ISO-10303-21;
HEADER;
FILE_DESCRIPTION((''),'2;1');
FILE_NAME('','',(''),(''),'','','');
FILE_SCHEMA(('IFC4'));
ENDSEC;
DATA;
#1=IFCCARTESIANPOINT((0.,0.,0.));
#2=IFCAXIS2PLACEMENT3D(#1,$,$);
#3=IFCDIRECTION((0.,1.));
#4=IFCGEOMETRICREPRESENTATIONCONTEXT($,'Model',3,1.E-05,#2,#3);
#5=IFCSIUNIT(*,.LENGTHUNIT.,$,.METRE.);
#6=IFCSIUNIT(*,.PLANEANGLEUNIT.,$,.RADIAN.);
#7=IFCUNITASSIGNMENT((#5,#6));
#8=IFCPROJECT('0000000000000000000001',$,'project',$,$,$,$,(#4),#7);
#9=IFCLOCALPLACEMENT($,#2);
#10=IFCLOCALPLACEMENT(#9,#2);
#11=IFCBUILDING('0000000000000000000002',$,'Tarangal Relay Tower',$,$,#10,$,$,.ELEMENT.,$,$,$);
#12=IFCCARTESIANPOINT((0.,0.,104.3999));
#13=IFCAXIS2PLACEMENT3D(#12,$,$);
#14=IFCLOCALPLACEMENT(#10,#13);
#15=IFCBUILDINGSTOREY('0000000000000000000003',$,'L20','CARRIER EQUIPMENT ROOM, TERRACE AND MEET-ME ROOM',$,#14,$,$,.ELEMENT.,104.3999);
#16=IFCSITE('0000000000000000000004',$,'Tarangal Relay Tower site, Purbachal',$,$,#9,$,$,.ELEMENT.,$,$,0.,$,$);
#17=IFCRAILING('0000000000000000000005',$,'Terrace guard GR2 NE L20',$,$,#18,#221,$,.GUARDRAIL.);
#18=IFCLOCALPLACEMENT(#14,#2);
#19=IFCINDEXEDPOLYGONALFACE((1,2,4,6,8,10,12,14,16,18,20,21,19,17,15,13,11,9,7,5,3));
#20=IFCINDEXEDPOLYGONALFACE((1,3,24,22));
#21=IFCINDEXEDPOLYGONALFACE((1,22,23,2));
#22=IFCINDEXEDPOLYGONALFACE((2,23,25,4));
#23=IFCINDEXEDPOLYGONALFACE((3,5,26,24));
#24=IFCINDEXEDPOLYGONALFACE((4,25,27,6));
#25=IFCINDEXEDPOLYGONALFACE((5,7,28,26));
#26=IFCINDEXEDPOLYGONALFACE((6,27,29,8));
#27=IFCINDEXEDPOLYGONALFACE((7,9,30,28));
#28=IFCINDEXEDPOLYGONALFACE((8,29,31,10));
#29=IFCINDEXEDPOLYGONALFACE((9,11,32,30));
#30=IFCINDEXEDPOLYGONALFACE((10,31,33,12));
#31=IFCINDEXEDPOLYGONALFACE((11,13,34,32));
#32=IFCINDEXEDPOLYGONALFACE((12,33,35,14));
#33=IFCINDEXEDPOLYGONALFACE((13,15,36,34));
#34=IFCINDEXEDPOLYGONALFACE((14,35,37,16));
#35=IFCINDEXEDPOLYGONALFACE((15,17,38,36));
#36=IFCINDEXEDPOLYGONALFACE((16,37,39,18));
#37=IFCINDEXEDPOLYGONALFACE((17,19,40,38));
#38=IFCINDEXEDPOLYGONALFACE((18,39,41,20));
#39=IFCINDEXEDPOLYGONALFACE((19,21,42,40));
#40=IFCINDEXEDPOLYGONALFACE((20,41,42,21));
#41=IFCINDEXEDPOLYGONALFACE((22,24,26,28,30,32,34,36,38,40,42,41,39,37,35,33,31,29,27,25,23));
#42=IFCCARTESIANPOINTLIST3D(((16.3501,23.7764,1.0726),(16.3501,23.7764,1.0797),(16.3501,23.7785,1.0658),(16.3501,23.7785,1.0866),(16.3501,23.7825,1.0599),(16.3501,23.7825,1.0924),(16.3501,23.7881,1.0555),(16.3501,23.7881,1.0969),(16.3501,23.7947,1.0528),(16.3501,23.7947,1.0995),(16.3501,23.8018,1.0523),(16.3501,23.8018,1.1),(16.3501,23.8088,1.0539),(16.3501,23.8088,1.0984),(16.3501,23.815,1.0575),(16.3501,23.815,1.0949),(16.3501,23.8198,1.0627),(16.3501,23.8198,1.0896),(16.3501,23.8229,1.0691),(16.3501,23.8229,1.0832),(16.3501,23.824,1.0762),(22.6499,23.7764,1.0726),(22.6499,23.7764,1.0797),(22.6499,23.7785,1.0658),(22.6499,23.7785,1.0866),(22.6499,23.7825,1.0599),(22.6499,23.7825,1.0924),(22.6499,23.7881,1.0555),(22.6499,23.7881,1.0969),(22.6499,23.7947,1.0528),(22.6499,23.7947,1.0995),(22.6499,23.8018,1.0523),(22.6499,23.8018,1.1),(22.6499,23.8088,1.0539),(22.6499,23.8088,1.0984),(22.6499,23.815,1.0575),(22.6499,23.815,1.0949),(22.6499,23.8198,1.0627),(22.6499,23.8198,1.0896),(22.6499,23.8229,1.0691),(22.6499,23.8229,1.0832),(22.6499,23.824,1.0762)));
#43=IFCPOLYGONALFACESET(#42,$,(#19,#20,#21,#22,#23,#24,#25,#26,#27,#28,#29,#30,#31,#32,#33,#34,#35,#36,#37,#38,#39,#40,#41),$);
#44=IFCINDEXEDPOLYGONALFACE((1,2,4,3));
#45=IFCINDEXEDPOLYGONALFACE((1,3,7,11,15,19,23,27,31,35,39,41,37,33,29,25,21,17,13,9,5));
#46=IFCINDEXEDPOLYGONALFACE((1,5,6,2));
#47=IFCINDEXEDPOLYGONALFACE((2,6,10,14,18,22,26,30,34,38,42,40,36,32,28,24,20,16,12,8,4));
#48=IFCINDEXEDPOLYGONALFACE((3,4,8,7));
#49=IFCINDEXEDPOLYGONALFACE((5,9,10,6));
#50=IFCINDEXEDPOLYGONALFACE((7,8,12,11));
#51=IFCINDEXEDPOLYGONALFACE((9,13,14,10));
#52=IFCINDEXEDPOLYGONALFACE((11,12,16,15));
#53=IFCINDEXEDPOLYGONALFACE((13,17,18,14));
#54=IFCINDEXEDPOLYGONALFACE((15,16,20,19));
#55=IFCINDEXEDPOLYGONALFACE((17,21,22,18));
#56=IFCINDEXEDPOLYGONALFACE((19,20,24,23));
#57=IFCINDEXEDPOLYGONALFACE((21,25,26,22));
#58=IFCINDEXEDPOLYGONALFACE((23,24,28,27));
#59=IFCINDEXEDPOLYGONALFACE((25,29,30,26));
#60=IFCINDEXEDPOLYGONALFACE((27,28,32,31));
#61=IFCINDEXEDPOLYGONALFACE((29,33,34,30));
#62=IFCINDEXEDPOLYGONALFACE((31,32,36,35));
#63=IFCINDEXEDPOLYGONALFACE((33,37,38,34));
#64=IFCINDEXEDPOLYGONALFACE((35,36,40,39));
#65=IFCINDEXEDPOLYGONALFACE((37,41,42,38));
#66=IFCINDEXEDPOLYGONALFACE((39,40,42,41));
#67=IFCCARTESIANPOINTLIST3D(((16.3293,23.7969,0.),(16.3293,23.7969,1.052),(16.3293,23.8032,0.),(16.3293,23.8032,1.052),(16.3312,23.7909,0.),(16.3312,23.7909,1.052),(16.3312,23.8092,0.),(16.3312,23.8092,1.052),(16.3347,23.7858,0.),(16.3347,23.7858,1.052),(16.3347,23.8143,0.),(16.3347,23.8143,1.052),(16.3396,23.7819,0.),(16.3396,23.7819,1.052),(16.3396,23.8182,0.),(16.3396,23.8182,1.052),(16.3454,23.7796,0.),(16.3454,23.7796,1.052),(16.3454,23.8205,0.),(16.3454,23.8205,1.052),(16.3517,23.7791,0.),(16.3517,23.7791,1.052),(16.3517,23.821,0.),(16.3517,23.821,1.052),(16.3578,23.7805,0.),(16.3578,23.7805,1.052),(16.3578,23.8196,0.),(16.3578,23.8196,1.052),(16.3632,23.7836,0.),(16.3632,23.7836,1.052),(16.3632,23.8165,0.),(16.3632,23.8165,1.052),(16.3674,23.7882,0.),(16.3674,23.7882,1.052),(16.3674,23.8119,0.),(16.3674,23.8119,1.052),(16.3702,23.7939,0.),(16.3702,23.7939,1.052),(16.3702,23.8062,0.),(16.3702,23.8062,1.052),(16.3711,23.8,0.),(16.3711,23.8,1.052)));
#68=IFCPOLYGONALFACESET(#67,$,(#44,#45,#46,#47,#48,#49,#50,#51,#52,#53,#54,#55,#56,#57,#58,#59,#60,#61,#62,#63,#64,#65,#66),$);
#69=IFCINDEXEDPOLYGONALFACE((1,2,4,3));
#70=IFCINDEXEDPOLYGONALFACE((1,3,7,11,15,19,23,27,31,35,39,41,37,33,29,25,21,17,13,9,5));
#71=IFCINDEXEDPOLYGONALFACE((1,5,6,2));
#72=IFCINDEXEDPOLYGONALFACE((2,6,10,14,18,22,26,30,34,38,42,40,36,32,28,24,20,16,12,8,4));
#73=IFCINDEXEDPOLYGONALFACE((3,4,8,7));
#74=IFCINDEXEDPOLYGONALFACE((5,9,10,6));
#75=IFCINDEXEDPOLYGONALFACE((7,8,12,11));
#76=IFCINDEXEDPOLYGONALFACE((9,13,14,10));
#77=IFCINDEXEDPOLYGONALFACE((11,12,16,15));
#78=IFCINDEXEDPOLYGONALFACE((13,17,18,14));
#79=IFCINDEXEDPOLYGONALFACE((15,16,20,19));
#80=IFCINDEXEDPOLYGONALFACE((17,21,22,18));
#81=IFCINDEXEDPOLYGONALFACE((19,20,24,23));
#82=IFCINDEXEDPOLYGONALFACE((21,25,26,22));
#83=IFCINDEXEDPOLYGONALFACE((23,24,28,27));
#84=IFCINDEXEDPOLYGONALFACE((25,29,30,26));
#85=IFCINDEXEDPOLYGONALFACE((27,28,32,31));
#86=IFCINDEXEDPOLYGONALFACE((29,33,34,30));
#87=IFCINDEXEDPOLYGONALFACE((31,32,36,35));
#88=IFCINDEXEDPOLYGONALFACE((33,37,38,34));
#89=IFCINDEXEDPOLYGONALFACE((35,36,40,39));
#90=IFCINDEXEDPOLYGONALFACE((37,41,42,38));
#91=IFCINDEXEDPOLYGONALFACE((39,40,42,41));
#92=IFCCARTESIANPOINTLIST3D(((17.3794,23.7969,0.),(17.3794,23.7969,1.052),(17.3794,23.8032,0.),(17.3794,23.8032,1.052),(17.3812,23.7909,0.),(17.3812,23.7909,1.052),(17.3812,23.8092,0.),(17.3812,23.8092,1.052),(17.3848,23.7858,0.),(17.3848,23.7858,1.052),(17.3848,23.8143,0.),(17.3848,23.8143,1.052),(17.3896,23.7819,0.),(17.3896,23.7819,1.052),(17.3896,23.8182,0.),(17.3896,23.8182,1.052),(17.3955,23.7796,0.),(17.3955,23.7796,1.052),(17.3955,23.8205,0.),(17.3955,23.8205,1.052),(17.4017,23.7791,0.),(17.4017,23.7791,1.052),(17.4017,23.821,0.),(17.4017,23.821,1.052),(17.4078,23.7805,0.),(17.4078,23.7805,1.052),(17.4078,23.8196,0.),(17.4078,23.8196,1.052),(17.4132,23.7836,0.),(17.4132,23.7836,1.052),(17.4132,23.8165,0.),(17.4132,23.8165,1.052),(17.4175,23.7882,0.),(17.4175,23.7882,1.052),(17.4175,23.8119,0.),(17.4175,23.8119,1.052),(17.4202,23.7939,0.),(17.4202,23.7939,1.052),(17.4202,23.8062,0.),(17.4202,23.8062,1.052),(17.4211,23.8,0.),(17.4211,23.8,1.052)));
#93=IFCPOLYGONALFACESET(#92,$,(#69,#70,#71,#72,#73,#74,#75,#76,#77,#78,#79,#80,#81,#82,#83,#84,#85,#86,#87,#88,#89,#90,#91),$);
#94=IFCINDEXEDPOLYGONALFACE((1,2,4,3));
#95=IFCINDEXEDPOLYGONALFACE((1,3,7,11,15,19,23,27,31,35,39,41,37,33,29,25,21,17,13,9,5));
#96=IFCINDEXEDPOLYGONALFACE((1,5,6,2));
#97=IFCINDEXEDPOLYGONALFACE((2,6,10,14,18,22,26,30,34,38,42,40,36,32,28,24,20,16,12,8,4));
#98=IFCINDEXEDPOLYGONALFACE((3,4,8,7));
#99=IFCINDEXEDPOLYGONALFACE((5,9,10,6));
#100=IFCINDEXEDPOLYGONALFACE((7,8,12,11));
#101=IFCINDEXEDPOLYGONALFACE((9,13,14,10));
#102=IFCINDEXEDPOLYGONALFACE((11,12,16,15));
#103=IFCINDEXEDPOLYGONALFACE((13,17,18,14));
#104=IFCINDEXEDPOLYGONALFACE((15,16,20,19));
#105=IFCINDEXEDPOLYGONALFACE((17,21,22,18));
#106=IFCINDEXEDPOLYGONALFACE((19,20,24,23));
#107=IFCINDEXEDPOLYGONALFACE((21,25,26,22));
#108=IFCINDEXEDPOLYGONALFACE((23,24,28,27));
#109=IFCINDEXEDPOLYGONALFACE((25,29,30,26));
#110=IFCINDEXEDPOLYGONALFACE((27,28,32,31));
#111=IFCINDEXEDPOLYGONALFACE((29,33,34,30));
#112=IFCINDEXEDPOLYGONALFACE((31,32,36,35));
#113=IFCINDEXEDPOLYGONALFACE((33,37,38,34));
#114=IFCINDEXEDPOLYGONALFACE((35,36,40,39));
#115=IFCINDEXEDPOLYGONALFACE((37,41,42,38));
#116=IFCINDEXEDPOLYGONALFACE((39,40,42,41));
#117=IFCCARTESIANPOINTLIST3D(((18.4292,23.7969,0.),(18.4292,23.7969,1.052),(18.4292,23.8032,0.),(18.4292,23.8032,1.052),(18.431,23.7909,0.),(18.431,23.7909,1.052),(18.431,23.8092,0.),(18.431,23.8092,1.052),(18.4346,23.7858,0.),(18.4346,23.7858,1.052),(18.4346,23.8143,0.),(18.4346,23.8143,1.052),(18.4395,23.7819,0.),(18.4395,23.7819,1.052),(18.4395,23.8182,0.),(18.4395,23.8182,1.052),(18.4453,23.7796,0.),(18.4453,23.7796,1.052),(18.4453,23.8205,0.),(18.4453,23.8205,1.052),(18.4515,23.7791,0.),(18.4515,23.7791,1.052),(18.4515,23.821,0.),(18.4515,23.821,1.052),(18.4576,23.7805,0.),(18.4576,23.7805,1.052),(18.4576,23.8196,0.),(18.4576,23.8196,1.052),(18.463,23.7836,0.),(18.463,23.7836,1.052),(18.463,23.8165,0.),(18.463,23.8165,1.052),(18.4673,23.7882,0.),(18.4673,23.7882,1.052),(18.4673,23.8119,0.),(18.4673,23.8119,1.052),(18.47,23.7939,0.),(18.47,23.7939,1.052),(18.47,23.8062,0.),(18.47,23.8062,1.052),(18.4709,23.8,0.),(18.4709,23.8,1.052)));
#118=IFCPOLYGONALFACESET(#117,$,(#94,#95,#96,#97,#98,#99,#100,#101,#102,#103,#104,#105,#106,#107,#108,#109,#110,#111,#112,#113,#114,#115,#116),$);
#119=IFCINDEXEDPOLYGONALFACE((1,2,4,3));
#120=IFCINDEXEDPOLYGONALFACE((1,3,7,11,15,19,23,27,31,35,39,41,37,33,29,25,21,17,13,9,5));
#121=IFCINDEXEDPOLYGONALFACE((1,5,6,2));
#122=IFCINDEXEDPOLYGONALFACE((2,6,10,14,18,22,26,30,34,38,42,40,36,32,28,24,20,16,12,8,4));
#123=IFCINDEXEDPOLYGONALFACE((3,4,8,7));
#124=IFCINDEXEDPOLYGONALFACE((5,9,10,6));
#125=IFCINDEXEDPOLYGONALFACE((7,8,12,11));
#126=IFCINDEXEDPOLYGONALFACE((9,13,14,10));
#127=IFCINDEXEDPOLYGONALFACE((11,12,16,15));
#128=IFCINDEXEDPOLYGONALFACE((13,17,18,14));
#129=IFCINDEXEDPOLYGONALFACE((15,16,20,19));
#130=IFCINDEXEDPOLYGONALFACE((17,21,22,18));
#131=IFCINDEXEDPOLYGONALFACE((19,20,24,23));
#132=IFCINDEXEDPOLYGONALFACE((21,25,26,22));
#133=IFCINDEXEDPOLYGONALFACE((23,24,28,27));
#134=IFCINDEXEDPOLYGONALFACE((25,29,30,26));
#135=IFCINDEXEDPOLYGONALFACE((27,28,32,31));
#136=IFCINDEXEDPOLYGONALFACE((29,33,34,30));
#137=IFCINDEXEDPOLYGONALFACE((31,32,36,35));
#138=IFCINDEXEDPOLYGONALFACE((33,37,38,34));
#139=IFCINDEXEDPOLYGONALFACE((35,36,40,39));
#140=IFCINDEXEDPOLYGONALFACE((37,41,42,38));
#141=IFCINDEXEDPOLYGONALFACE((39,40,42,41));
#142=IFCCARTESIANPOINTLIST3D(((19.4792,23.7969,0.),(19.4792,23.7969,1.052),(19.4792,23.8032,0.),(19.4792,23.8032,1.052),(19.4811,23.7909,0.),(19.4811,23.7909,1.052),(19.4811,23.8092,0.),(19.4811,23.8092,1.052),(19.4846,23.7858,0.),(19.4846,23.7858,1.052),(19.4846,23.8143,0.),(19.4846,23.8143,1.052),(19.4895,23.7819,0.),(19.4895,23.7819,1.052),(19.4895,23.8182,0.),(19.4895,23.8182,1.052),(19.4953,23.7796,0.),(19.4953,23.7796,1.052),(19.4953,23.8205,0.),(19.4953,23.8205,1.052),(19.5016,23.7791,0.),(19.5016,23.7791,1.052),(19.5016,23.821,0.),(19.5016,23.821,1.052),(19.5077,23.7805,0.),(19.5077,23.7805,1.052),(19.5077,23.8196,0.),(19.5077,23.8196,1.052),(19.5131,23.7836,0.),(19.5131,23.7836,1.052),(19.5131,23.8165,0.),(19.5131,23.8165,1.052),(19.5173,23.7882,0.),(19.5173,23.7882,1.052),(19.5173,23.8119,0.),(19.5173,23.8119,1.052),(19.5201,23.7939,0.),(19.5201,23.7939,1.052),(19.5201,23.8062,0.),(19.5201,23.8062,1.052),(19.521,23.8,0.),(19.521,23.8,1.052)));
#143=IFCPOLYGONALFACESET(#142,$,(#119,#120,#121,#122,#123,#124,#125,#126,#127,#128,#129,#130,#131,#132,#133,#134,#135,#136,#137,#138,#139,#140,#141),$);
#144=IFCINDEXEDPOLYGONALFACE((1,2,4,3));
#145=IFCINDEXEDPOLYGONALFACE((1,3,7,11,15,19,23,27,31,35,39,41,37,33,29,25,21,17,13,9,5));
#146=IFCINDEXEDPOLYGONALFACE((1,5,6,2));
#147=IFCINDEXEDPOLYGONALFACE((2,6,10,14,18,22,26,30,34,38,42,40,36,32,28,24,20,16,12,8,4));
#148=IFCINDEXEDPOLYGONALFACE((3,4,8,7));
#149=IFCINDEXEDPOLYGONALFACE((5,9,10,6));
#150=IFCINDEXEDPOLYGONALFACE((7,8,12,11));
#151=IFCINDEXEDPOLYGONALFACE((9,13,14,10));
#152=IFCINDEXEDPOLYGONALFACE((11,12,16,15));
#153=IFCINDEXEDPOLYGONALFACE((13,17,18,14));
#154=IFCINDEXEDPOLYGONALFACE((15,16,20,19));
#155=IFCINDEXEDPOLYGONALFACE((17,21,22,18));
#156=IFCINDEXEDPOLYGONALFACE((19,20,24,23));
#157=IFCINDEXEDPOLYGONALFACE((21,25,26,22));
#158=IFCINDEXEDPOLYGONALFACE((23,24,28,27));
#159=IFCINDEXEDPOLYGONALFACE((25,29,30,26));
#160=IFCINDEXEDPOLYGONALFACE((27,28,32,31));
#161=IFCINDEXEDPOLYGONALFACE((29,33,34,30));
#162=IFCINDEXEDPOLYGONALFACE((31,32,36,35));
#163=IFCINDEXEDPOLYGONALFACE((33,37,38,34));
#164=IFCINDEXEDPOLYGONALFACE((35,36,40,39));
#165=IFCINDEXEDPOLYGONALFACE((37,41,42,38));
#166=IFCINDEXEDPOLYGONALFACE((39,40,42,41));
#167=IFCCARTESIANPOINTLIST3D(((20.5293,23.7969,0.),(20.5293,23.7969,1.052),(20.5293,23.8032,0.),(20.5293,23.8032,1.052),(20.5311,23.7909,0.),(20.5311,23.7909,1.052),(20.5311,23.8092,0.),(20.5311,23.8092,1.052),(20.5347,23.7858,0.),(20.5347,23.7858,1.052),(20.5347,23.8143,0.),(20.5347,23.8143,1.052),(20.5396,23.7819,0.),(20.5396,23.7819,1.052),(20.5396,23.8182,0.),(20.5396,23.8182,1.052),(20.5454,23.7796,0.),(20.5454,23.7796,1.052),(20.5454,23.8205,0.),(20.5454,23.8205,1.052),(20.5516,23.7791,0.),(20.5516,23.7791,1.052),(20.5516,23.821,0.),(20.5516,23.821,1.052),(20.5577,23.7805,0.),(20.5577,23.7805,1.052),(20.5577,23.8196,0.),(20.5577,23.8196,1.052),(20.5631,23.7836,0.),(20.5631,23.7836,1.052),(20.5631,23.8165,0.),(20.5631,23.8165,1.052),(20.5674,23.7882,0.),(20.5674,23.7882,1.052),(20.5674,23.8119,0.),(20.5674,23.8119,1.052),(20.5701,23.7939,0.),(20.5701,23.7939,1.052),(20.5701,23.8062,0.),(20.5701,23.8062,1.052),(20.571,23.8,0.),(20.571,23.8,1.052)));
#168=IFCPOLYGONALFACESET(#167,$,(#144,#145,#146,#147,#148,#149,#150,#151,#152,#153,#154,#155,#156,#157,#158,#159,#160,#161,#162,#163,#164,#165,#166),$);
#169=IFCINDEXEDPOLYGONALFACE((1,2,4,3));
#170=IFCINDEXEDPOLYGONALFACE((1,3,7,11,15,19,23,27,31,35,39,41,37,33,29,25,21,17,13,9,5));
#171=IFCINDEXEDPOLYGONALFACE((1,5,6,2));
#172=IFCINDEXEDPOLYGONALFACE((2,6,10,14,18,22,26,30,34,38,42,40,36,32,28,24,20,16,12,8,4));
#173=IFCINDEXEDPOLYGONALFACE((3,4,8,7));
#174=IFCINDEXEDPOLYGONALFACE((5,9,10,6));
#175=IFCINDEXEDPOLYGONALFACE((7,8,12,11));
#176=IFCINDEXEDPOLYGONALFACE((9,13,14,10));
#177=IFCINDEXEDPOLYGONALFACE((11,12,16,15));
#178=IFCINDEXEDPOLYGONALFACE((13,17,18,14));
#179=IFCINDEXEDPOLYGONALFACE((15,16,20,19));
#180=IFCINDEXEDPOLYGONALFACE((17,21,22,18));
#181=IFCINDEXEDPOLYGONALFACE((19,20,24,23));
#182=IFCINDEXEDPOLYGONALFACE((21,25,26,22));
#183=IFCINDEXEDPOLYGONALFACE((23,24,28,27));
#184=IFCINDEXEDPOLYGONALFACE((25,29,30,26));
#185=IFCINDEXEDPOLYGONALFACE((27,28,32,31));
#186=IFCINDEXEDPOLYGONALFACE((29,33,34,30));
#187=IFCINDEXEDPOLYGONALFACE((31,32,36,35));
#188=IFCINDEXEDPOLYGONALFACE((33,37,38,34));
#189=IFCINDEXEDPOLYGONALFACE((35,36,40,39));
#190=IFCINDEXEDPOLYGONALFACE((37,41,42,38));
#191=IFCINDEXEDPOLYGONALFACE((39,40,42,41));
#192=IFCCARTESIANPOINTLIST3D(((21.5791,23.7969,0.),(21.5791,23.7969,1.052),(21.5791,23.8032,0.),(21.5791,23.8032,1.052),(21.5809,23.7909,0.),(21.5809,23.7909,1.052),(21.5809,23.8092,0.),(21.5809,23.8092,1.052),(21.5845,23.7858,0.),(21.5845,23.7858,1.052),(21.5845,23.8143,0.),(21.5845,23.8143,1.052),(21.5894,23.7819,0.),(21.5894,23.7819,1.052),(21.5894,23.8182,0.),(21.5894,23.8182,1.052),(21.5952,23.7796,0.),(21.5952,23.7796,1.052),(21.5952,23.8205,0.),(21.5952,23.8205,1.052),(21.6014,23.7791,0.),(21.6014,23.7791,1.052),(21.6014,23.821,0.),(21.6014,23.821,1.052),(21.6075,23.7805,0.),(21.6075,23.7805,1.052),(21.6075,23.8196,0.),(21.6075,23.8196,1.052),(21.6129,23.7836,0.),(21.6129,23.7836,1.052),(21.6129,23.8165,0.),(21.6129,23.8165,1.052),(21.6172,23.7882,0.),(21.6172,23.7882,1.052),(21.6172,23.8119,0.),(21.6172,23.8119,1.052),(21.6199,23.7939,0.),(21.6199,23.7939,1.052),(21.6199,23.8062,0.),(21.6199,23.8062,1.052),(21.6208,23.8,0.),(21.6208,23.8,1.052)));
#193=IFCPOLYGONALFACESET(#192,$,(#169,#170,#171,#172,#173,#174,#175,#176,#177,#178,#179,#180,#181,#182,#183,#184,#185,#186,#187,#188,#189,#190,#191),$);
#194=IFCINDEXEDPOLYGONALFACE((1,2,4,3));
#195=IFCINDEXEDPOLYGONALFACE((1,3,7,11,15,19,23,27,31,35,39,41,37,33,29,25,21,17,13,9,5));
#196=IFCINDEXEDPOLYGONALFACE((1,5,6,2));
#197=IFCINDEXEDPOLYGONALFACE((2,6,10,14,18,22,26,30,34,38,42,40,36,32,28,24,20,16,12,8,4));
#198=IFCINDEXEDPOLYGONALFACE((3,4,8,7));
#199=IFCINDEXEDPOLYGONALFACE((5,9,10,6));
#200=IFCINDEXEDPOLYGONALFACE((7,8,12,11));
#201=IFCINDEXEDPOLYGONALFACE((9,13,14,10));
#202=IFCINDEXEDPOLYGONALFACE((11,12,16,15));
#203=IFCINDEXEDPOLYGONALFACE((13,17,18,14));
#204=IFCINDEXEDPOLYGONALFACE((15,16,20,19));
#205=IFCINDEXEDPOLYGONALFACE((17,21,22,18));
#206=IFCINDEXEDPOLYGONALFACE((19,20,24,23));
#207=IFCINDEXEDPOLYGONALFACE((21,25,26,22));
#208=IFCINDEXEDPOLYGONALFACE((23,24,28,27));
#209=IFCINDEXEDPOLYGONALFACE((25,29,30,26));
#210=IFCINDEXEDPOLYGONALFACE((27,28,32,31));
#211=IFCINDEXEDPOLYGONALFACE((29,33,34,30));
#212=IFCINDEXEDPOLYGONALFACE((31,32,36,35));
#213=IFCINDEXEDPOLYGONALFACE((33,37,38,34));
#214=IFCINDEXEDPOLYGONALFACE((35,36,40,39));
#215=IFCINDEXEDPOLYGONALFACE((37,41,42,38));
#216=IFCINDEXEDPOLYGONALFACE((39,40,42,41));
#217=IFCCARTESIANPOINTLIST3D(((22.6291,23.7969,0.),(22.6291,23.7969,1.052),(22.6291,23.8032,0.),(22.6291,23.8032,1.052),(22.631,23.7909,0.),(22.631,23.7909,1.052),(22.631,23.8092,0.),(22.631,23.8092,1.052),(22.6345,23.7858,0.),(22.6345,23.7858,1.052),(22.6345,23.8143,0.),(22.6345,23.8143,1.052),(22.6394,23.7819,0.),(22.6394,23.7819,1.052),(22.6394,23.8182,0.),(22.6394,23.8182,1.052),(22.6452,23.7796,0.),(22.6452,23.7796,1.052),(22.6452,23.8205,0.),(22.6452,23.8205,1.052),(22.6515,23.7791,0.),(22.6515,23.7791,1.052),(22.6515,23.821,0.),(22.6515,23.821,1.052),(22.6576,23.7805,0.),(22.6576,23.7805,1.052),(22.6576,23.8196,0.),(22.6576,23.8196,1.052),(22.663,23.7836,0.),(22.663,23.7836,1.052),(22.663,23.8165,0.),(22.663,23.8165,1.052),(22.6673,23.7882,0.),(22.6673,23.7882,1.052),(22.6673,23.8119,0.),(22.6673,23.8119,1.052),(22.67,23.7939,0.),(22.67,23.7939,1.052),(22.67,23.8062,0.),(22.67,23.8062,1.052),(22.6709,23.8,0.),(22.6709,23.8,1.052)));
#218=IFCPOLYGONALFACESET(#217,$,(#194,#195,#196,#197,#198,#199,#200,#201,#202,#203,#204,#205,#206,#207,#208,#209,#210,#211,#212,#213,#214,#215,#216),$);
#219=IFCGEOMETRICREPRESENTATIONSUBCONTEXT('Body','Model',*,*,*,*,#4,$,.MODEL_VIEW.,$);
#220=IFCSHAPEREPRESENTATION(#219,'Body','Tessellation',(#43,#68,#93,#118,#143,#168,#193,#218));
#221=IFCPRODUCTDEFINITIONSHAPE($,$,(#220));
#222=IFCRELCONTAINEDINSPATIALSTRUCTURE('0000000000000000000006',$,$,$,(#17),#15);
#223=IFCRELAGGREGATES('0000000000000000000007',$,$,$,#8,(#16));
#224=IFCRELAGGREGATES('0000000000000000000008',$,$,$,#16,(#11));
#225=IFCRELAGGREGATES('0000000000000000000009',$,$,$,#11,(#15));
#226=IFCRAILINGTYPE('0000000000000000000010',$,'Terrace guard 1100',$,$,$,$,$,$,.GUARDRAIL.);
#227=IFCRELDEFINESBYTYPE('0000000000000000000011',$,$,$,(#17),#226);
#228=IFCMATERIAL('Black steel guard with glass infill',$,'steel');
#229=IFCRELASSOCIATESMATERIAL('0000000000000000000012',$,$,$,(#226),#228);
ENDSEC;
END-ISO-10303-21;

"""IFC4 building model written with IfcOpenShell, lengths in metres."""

from ifc_helpers import new_model, si_unit, direction, frame, origin, origin_2d, place, context, subcontext, project, spatial, circle, extrude, material, type_object, element, save


model = new_model("IFC4")

# Units and contexts
model_context = context("Model", 3, precision=1e-05, world=origin(), true_north=direction((0.0, 1.0)))
body_context = subcontext(model_context, "Body", "Model", "MODEL_VIEW")
ifc_project = project(units=[si_unit("LENGTHUNIT", "METRE"), si_unit("PLANEANGLEUNIT", "RADIAN")], contexts=[model_context])

# Site, building, storey
site_placement = place(None, origin())
site = spatial("IfcSite", under=ifc_project, at=site_placement, Name="Tarangal Relay Tower site, Purbachal", CompositionType="ELEMENT", RefElevation=0.0)
building_placement = place(site_placement, origin())
building = spatial("IfcBuilding", under=site, at=building_placement, Name="Tarangal Relay Tower", CompositionType="ELEMENT")
storey_placement = place(building_placement, frame((0.0, 0.0, 104.3999)))
storey = spatial("IfcBuildingStorey", under=building, at=storey_placement, Name="L20", Description="CARRIER EQUIPMENT ROOM, TERRACE AND MEET-ME ROOM", CompositionType="ELEMENT", Elevation=104.3999)

# Railing
ifc_material_1 = material(Name="Black steel guard with glass infill", Category="steel")
railing_type = type_object("IfcRailingType", Name="Terrace guard 1100", PredefinedType="GUARDRAIL", material=ifc_material_1)
railing_1_placement = place(storey_placement, frame((16.3501, 23.8, 0.0)))
element("IfcRailing", 1, at=railing_1_placement, inside=storey, type_object=railing_type, Name="Terrace guard GR2 NE L20", PredefinedType="GUARDRAIL", context=body_context, shape_type="SweptSolid", body=[
    extrude(circle(Radius=0.0239, at=origin_2d()), frame((0.0, 0.0, 1.0762), z_axis=(1.0, 0.0, 0.0), x_axis=(0.0, 1.0, 0.0)), (0.0, 0.0, 1.0), 6.2998),
    extrude(circle(Radius=0.021, at=origin_2d()), origin(), (0.0, 0.0, 1.0), 1.052),
    extrude(circle(Radius=0.021, at=origin_2d()), frame((1.05, 0.0, 0.0)), (0.0, 0.0, 1.0), 1.052),
    extrude(circle(Radius=0.021, at=origin_2d()), frame((2.0999, 0.0, 0.0)), (0.0, 0.0, 1.0), 1.052),
    extrude(circle(Radius=0.021, at=origin_2d()), frame((3.1499, 0.0, 0.0)), (0.0, 0.0, 1.0), 1.052),
    extrude(circle(Radius=0.021, at=origin_2d()), frame((4.2, 0.0, 0.0)), (0.0, 0.0, 1.0), 1.052),
    extrude(circle(Radius=0.021, at=origin_2d()), frame((5.2498, 0.0, 0.0)), (0.0, 0.0, 1.0), 1.052),
    extrude(circle(Radius=0.021, at=origin_2d()), frame((6.2998, 0.0, 0.0)), (0.0, 0.0, 1.0), 1.052),
])

save(model, "model.ifc")
